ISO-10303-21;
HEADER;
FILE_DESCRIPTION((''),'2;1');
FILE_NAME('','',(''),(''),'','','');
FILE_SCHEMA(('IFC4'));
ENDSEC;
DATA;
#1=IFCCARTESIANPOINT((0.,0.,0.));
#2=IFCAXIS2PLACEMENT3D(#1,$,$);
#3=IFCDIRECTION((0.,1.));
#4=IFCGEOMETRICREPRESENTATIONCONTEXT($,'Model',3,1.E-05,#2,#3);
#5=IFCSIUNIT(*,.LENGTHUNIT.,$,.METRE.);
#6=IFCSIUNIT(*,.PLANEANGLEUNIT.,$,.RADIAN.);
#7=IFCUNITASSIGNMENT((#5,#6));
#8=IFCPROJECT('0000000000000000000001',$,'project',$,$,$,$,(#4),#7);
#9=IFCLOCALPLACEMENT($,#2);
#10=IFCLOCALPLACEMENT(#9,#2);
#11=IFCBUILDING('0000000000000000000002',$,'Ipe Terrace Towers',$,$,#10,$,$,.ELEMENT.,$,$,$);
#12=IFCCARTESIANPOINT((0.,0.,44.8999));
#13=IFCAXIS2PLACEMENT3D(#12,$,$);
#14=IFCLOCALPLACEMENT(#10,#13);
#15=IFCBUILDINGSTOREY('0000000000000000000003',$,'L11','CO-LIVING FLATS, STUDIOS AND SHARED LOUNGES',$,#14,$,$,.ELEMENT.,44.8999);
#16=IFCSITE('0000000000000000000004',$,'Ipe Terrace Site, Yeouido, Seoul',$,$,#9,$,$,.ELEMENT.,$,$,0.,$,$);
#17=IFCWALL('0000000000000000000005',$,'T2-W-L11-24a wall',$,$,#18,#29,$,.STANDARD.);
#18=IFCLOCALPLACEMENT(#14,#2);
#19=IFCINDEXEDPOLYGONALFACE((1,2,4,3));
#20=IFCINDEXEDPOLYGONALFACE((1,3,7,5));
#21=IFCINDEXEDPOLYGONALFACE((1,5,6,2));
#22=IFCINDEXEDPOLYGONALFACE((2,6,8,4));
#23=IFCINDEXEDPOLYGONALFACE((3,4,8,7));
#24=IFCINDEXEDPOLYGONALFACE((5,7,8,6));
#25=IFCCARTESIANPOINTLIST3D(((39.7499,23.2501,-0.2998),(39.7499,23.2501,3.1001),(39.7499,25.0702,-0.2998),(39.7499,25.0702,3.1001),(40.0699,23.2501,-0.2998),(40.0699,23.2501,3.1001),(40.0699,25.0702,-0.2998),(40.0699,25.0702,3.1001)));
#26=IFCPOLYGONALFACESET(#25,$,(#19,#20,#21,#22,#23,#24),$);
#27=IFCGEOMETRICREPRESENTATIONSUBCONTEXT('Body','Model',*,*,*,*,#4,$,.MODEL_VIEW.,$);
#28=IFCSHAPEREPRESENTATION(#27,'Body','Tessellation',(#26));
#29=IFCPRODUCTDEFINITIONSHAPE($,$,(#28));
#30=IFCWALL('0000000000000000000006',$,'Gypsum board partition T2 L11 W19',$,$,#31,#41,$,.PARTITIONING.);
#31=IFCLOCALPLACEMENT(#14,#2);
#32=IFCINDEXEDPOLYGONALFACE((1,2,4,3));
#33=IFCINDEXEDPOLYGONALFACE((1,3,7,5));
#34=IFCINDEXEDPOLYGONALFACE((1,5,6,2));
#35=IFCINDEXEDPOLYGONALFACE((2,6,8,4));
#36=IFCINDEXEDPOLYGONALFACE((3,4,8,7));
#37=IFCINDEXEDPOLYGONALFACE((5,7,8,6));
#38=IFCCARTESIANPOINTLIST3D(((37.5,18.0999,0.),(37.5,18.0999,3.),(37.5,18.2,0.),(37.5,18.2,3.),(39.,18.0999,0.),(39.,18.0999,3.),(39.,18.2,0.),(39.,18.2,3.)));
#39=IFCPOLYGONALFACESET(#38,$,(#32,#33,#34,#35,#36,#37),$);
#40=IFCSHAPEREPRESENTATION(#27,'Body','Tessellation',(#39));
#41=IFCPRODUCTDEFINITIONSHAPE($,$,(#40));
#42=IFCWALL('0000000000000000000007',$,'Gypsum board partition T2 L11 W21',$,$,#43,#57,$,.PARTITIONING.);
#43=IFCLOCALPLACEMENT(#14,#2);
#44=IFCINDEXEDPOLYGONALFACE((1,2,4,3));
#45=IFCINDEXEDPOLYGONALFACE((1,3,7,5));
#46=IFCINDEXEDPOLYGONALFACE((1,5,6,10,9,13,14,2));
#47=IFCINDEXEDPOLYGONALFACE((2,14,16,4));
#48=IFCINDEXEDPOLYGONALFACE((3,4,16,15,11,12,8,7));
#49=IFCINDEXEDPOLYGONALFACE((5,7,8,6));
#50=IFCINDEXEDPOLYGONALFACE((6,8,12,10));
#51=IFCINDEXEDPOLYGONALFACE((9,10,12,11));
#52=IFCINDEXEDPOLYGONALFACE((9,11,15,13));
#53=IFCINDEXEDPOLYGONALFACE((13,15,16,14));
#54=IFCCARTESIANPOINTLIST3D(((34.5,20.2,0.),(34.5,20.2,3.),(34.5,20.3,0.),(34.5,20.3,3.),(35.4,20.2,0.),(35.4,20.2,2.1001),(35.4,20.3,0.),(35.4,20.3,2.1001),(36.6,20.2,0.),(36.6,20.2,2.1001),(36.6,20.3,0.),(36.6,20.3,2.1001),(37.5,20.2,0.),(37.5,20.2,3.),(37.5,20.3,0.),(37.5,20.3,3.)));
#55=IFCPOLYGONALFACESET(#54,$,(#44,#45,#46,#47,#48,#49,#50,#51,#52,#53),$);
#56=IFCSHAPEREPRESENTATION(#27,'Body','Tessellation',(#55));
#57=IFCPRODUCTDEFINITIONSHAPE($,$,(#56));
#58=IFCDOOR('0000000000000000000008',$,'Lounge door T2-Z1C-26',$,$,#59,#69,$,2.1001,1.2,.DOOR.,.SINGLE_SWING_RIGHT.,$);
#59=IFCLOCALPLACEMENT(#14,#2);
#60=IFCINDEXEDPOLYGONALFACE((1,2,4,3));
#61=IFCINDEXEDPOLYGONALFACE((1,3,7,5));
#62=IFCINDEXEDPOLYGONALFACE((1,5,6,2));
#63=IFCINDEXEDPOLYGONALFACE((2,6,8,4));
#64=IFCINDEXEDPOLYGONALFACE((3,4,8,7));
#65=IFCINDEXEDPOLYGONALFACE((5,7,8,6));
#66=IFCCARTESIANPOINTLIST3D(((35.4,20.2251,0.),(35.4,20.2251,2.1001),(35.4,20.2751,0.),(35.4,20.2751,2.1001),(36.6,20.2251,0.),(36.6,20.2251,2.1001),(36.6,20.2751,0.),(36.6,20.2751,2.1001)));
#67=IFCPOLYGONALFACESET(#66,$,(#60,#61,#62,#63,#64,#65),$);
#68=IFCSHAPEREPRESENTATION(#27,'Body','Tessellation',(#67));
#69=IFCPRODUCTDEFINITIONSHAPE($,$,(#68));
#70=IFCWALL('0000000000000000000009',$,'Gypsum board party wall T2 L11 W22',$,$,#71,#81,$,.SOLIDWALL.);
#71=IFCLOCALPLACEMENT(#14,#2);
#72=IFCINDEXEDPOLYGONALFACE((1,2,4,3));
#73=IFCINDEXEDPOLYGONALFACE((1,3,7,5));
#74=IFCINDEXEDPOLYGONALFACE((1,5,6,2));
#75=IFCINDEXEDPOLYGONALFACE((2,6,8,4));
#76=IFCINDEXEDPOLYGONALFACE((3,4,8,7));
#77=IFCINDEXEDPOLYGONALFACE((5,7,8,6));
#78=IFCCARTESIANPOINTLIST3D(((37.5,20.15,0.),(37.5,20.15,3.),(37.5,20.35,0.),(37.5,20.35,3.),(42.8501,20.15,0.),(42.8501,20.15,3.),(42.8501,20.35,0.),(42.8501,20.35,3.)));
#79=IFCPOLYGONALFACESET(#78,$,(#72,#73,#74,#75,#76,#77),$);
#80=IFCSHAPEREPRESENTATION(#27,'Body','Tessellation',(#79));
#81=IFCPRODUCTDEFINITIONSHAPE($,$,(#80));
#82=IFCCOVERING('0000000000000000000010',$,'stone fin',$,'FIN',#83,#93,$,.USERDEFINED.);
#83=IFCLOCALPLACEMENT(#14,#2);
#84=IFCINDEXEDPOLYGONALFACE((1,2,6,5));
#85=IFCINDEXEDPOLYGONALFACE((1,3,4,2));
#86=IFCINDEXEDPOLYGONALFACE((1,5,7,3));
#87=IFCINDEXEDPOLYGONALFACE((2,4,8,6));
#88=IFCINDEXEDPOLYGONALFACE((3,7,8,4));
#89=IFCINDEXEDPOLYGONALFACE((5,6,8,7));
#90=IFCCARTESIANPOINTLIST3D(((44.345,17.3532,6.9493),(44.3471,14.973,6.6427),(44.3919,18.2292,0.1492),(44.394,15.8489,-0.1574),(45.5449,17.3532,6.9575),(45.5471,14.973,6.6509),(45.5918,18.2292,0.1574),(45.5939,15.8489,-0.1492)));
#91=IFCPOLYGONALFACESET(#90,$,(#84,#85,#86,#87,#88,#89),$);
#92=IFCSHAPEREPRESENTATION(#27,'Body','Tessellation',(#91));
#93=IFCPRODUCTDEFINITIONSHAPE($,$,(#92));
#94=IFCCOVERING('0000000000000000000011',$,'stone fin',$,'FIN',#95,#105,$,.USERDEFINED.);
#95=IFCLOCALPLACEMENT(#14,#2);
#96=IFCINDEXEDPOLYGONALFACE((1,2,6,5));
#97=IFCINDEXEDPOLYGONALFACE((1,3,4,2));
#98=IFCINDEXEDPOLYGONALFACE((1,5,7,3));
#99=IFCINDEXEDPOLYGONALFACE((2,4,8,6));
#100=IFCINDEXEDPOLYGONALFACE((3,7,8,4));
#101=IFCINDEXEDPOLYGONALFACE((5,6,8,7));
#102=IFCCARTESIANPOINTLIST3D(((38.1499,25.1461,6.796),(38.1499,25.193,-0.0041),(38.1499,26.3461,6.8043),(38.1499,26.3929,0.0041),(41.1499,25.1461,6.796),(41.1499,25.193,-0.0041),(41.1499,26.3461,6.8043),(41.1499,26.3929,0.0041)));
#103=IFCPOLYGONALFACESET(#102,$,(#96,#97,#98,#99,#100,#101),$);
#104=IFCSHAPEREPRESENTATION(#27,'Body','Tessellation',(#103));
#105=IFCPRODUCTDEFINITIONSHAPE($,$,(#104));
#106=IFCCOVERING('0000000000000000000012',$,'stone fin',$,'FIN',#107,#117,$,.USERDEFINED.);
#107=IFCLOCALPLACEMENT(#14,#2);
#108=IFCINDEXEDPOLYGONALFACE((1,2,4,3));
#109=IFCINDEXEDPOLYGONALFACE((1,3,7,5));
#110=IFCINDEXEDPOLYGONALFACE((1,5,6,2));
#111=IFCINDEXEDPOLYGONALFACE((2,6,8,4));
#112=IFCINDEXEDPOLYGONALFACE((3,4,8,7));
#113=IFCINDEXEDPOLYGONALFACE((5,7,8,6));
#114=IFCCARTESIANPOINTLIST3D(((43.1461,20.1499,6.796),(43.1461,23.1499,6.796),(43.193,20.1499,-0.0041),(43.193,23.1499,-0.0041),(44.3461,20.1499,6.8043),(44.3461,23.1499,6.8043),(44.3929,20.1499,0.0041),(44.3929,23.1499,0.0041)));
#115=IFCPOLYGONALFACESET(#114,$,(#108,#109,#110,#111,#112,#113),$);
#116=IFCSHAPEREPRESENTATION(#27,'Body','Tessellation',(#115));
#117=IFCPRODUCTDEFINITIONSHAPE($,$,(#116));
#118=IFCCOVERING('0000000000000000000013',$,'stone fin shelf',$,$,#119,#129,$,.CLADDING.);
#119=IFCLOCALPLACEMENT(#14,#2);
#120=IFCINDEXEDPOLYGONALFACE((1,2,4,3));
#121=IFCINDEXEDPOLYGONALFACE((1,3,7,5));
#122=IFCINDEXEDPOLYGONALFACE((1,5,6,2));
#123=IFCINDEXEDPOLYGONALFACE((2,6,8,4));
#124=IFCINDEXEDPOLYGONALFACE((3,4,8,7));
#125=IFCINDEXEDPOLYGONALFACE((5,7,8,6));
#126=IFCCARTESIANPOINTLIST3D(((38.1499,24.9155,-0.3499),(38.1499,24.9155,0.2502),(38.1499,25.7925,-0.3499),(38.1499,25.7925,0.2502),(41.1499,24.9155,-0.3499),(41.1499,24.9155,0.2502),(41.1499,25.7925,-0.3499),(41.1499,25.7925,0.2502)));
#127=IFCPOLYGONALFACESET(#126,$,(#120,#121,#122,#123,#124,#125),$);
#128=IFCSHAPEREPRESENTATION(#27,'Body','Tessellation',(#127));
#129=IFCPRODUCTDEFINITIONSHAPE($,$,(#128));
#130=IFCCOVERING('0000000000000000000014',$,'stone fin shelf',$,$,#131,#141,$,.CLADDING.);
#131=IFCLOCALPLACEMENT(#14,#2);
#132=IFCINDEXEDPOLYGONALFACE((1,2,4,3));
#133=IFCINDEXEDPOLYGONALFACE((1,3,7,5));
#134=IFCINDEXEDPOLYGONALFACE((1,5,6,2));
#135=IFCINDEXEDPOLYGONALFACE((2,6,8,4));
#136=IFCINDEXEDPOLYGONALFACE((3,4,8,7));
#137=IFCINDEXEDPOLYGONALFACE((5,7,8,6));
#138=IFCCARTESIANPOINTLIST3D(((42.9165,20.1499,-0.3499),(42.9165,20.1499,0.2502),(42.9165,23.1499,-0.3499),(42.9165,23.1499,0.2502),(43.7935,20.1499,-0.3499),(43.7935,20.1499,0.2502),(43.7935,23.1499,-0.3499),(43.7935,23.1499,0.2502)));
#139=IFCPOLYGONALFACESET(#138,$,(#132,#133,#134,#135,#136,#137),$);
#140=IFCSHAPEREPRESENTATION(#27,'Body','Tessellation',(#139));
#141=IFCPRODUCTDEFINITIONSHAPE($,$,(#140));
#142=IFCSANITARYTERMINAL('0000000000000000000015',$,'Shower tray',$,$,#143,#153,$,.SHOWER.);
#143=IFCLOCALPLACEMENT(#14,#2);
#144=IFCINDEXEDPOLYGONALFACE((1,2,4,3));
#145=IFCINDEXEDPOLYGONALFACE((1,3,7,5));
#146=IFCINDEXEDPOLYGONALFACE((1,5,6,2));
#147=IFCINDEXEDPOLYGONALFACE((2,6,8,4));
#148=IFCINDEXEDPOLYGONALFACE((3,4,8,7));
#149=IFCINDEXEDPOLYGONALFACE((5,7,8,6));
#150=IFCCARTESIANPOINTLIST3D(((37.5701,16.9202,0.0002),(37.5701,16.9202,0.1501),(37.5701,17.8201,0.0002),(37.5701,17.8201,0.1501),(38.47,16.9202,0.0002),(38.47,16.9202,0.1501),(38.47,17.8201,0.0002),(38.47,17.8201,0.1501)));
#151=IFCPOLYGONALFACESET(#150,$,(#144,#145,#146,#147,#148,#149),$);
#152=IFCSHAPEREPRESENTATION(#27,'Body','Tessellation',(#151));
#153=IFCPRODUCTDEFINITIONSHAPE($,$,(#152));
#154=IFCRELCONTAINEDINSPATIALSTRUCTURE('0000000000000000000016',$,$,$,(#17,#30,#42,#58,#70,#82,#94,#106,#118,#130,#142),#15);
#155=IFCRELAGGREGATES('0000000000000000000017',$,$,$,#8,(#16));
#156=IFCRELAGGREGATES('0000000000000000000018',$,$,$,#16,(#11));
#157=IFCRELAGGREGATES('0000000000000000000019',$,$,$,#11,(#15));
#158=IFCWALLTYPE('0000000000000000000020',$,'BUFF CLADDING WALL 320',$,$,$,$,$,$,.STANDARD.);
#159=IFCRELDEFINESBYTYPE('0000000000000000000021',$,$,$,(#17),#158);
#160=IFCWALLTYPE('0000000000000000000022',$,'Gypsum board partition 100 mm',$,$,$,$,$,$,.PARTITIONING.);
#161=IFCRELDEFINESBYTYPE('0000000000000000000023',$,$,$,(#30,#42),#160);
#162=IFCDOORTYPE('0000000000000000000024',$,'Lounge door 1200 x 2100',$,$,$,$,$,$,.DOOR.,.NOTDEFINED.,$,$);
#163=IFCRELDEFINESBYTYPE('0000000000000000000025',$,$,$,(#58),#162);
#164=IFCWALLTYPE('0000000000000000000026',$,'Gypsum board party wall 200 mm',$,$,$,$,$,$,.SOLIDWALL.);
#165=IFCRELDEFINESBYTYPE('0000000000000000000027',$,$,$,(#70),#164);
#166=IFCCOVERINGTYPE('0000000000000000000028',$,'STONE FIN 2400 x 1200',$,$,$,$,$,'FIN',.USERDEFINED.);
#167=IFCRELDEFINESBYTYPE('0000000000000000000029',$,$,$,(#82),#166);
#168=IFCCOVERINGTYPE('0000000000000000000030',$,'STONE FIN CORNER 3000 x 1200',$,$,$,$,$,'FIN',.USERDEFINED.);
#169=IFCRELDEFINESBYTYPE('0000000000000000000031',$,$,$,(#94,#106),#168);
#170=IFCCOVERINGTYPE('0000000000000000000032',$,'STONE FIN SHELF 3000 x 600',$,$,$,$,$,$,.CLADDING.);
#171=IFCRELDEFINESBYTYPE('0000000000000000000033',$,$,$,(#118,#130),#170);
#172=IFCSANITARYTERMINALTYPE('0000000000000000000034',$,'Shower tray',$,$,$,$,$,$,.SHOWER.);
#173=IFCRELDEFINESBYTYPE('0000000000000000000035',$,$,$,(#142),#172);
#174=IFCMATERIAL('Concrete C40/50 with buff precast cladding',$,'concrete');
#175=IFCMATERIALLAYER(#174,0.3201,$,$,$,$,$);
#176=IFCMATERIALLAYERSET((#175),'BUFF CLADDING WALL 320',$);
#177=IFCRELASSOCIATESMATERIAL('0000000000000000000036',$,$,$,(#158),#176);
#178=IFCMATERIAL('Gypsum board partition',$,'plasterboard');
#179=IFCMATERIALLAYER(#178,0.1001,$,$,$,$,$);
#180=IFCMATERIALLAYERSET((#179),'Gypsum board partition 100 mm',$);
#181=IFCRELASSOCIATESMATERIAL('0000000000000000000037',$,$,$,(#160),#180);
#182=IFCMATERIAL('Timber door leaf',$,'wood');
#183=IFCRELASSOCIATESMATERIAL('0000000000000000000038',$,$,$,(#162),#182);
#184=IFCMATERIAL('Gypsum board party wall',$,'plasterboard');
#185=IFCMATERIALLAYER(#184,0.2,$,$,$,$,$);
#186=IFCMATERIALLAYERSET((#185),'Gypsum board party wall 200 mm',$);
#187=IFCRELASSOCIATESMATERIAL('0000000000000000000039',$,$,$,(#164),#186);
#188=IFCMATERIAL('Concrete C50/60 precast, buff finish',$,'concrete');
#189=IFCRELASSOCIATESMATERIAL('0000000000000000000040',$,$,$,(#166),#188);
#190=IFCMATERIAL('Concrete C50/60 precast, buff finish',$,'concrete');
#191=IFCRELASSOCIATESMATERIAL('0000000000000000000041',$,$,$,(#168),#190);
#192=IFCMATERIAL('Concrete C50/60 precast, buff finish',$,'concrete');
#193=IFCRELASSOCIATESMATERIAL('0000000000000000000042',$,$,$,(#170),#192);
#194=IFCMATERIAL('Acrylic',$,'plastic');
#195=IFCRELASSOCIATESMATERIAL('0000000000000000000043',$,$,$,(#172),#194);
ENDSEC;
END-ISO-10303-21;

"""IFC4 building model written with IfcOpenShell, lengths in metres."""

from ifc_helpers import new_model, si_unit, direction, frame, frame_2d, origin, origin_2d, place, context, subcontext, project, spatial, rectangle, extrude, material, layer, layer_set, material_profile, profile_set, type_object, element, fill, save


model = new_model("IFC4")

# Units and contexts
model_context = context("Model", 3, precision=1e-05, world=origin(), true_north=direction((0.0, 1.0)))
body_context = subcontext(model_context, "Body", "Model", "MODEL_VIEW")
ifc_project = project(units=[si_unit("LENGTHUNIT", "METRE"), si_unit("PLANEANGLEUNIT", "RADIAN")], contexts=[model_context])

# Site, building, storey
site_placement = place(None, origin())
site = spatial("IfcSite", under=ifc_project, at=site_placement, Name="Ipe Terrace Site, Yeouido, Seoul", CompositionType="ELEMENT", RefElevation=0.0)
building_placement = place(site_placement, origin())
building = spatial("IfcBuilding", under=site, at=building_placement, Name="Ipe Terrace Towers", CompositionType="ELEMENT")
storey_placement = place(building_placement, frame((0.0, 0.0, 44.8999)))
storey = spatial("IfcBuildingStorey", under=building, at=storey_placement, Name="L11", Description="CO-LIVING FLATS, STUDIOS AND SHARED LOUNGES", CompositionType="ELEMENT", Elevation=44.8999)

# Walls
ifc_material_1 = material(Name="Concrete C40/50 with buff precast cladding", Category="concrete")
ifc_layer_1 = layer(ifc_material_1, 0.3201)
ifc_layer_set_1 = layer_set([ifc_layer_1], Name="BUFF CLADDING WALL 320")
wall_type_1 = type_object("IfcWallType", Name="BUFF CLADDING WALL 320", PredefinedType="STANDARD", material=ifc_layer_set_1)
wall_1_placement = place(storey_placement, frame((39.9099, 23.25, -0.2998), z_axis=(0.0, 0.0, 1.0), x_axis=(0.0, 1.0, 0.0)))
element("IfcWall", 1, at=wall_1_placement, inside=storey, type_object=wall_type_1, Name="T2-W-L11-24a wall", PredefinedType="STANDARD", context=body_context, shape_type="SweptSolid", body=[
    extrude(rectangle(XDim=1.8201, YDim=0.3201, at=frame_2d((0.9102, 0.0))), origin(), (0.0, 0.0, 1.0), 3.3999),
])
ifc_material_2 = material(Name="Gypsum board partition", Category="plasterboard")
ifc_layer_2 = layer(ifc_material_2, 0.1001)
ifc_layer_set_2 = layer_set([ifc_layer_2], Name="Gypsum board partition 100 mm")
wall_type_2 = type_object("IfcWallType", Name="Gypsum board partition 100 mm", PredefinedType="PARTITIONING", material=ifc_layer_set_2)
wall_2_placement = place(storey_placement, frame((39.0, 18.1499, 0.0), z_axis=(0.0, 0.0, 1.0), x_axis=(-1.0, 0.0, 0.0)))
element("IfcWall", 2, at=wall_2_placement, inside=storey, type_object=wall_type_2, Name="Gypsum board partition T2 L11 W19", PredefinedType="PARTITIONING", context=body_context, shape_type="SweptSolid", body=[
    extrude(rectangle(XDim=1.5, YDim=0.1001, at=frame_2d((0.75, 0.0))), origin(), (0.0, 0.0, 1.0), 3.0),
])

# Wall, opening, door
wall_3_placement = place(storey_placement, frame((37.5, 20.25, 0.0), z_axis=(0.0, 0.0, 1.0), x_axis=(-1.0, 0.0, 0.0)))
wall_3 = element("IfcWall", 3, at=wall_3_placement, inside=storey, type_object=wall_type_2, Name="Gypsum board partition T2 L11 W21", PredefinedType="PARTITIONING", context=body_context, shape_type="SweptSolid", body=[
    extrude(rectangle(XDim=3.0, YDim=0.1001, at=frame_2d((1.5, 0.0))), origin(), (0.0, 0.0, 1.0), 3.0),
])
opening_placement = place(wall_3_placement, frame((0.8999, 0.0, 0.0)))
opening = element("IfcOpeningElement", 4, at=opening_placement, cuts=wall_3, PredefinedType="OPENING", context=body_context, shape_type="SweptSolid", body=[
    extrude(rectangle(XDim=1.2, YDim=2.1001, at=frame_2d((0.6001, 1.05))), frame((0.0, 0.0601, 0.0), z_axis=(0.0, -1.0, 0.0), x_axis=(1.0, 0.0, 0.0)), (0.0, 0.0, 1.0), 0.1201),
])
ifc_material_3 = material(Name="Timber door leaf", Category="wood")
door_type = type_object("IfcDoorType", Name="Lounge door 1200 x 2100", OperationType="NOTDEFINED", PredefinedType="DOOR", material=ifc_material_3)
door_placement = place(opening_placement, origin())
door = element("IfcDoor", 5, at=door_placement, inside=storey, type_object=door_type, Name="Lounge door T2-Z1C-26", OperationType="SINGLE_SWING_RIGHT", OverallHeight=2.1001, OverallWidth=1.2, PredefinedType="DOOR", context=body_context, shape_type="SweptSolid", body=[
    extrude(rectangle(XDim=1.2, YDim=2.1001, at=frame_2d((0.6001, 1.05))), frame((0.0, 0.0249, 0.0), z_axis=(0.0, -1.0, 0.0), x_axis=(1.0, 0.0, 0.0)), (0.0, 0.0, 1.0), 0.05),
])
fill(opening, door)

# Wall
ifc_material_4 = material(Name="Gypsum board party wall", Category="plasterboard")
ifc_layer_3 = layer(ifc_material_4, 0.2)
ifc_layer_set_3 = layer_set([ifc_layer_3], Name="Gypsum board party wall 200 mm")
wall_type_3 = type_object("IfcWallType", Name="Gypsum board party wall 200 mm", PredefinedType="SOLIDWALL", material=ifc_layer_set_3)
wall_4_placement = place(storey_placement, frame((42.8501, 20.25, 0.0), z_axis=(0.0, 0.0, 1.0), x_axis=(-1.0, 0.0, 0.0)))
element("IfcWall", 6, at=wall_4_placement, inside=storey, type_object=wall_type_3, Name="Gypsum board party wall T2 L11 W22", PredefinedType="SOLIDWALL", context=body_context, shape_type="SweptSolid", body=[
    extrude(rectangle(XDim=5.3501, YDim=0.2, at=frame_2d((2.675, 0.0))), origin(), (0.0, 0.0, 1.0), 3.0),
])

# Coverings
ifc_material_5 = material(Name="Concrete C50/60 precast, buff finish", Category="concrete")
ifc_material_profile_1 = material_profile(ifc_material_5, rectangle(XDim=2.3999, YDim=1.2, at=origin_2d()), Name="STONE FIN 2400 x 1200")
ifc_profile_set_1 = profile_set([ifc_material_profile_1], Name="Concrete C50/60 precast, buff finish")
covering_type_1 = type_object("IfcCoveringType", Name="STONE FIN 2400 x 1200", ElementType="FIN", PredefinedType="USERDEFINED", material=ifc_profile_set_1)
covering_placement = place(storey_placement, frame((44.9929, 17.0391, 0.0), z_axis=(-0.006837, -0.12776, 0.991781), x_axis=(-0.000881, 0.991805, 0.127757)))
element("IfcCovering", 7, at=covering_placement, inside=storey, type_object=covering_type_1, Name="stone fin", ObjectType="FIN", PredefinedType="USERDEFINED", context=body_context, shape_type="SweptSolid", body=[
    extrude(rectangle(XDim=2.3999, YDim=1.2, at=origin_2d()), origin(), (0.0, 0.0, 1.0), 6.8564),
])
ifc_material_6 = material(Name="Concrete C50/60 precast, buff finish", Category="concrete")
ifc_material_profile_2 = material_profile(ifc_material_6, rectangle(XDim=3.0, YDim=1.2, at=origin_2d()), Name="STONE FIN CORNER 3000 x 1200")
ifc_profile_set_2 = profile_set([ifc_material_profile_2], Name="Concrete C50/60 precast, buff finish")
covering_type_2 = type_object("IfcCoveringType", Name="STONE FIN CORNER 3000 x 1200", ElementType="FIN", PredefinedType="USERDEFINED", material=ifc_profile_set_2)
for number, where, z_axis, x_axis, name in (
    (8, (39.6499, 25.793, 0.0), (0.0, -0.006893, 0.999976), (-1.0, 0.0, 0.0), "stone fin"),
    (9, (43.793, 21.6499, 0.0), (-0.006893, 0.0, 0.999976), (0.0, 1.0, 0.0), "stone fin"),
):
    element("IfcCovering", number, at=place(storey_placement, frame(where, z_axis=z_axis, x_axis=x_axis)), inside=storey, type_object=covering_type_2, Name=name, ObjectType="FIN", PredefinedType="USERDEFINED", context=body_context, shape_type="SweptSolid", body=[
        extrude(rectangle(XDim=3.0, YDim=1.2, at=origin_2d()), origin(), (0.0, 0.0, 1.0), 6.8003),
    ])
ifc_material_7 = material(Name="Concrete C50/60 precast, buff finish", Category="concrete")
covering_type_3 = type_object("IfcCoveringType", Name="STONE FIN SHELF 3000 x 600", PredefinedType="CLADDING", material=ifc_material_7)
for number, where, z_axis, x_axis, name in (
    (10, (39.6499, 25.354, -0.3499), (0.0, 0.0, 1.0), (-1.0, 0.0, 0.0), "stone fin shelf"),
    (11, (43.355, 21.6499, -0.3499), (0.0, 0.0, 1.0), (0.0, 1.0, 0.0), "stone fin shelf"),
):
    element("IfcCovering", number, at=place(storey_placement, frame(where, z_axis=z_axis, x_axis=x_axis)), inside=storey, type_object=covering_type_3, Name=name, PredefinedType="CLADDING", context=body_context, shape_type="SweptSolid", body=[
        extrude(rectangle(XDim=3.0, YDim=0.877, at=origin_2d()), origin(), (0.0, 0.0, 1.0), 0.6001),
    ])

# Sanitary terminal
ifc_material_8 = material(Name="Acrylic", Category="plastic")
sanitary_terminal_type = type_object("IfcSanitaryTerminalType", Name="Shower tray", PredefinedType="SHOWER", material=ifc_material_8)
sanitary_terminal_placement = place(storey_placement, frame((38.02, 17.3701, 0.0002), z_axis=(0.0, 0.0, 1.0), x_axis=(1.0, 0.0, 0.0)))
element("IfcSanitaryTerminal", 12, at=sanitary_terminal_placement, inside=storey, type_object=sanitary_terminal_type, Name="Shower tray", PredefinedType="SHOWER", context=body_context, shape_type="SweptSolid", body=[
    extrude(rectangle(XDim=0.8999, YDim=0.8999, at=origin_2d()), origin(), (0.0, 0.0, 1.0), 0.1499),
])

save(model, "model.ifc")
